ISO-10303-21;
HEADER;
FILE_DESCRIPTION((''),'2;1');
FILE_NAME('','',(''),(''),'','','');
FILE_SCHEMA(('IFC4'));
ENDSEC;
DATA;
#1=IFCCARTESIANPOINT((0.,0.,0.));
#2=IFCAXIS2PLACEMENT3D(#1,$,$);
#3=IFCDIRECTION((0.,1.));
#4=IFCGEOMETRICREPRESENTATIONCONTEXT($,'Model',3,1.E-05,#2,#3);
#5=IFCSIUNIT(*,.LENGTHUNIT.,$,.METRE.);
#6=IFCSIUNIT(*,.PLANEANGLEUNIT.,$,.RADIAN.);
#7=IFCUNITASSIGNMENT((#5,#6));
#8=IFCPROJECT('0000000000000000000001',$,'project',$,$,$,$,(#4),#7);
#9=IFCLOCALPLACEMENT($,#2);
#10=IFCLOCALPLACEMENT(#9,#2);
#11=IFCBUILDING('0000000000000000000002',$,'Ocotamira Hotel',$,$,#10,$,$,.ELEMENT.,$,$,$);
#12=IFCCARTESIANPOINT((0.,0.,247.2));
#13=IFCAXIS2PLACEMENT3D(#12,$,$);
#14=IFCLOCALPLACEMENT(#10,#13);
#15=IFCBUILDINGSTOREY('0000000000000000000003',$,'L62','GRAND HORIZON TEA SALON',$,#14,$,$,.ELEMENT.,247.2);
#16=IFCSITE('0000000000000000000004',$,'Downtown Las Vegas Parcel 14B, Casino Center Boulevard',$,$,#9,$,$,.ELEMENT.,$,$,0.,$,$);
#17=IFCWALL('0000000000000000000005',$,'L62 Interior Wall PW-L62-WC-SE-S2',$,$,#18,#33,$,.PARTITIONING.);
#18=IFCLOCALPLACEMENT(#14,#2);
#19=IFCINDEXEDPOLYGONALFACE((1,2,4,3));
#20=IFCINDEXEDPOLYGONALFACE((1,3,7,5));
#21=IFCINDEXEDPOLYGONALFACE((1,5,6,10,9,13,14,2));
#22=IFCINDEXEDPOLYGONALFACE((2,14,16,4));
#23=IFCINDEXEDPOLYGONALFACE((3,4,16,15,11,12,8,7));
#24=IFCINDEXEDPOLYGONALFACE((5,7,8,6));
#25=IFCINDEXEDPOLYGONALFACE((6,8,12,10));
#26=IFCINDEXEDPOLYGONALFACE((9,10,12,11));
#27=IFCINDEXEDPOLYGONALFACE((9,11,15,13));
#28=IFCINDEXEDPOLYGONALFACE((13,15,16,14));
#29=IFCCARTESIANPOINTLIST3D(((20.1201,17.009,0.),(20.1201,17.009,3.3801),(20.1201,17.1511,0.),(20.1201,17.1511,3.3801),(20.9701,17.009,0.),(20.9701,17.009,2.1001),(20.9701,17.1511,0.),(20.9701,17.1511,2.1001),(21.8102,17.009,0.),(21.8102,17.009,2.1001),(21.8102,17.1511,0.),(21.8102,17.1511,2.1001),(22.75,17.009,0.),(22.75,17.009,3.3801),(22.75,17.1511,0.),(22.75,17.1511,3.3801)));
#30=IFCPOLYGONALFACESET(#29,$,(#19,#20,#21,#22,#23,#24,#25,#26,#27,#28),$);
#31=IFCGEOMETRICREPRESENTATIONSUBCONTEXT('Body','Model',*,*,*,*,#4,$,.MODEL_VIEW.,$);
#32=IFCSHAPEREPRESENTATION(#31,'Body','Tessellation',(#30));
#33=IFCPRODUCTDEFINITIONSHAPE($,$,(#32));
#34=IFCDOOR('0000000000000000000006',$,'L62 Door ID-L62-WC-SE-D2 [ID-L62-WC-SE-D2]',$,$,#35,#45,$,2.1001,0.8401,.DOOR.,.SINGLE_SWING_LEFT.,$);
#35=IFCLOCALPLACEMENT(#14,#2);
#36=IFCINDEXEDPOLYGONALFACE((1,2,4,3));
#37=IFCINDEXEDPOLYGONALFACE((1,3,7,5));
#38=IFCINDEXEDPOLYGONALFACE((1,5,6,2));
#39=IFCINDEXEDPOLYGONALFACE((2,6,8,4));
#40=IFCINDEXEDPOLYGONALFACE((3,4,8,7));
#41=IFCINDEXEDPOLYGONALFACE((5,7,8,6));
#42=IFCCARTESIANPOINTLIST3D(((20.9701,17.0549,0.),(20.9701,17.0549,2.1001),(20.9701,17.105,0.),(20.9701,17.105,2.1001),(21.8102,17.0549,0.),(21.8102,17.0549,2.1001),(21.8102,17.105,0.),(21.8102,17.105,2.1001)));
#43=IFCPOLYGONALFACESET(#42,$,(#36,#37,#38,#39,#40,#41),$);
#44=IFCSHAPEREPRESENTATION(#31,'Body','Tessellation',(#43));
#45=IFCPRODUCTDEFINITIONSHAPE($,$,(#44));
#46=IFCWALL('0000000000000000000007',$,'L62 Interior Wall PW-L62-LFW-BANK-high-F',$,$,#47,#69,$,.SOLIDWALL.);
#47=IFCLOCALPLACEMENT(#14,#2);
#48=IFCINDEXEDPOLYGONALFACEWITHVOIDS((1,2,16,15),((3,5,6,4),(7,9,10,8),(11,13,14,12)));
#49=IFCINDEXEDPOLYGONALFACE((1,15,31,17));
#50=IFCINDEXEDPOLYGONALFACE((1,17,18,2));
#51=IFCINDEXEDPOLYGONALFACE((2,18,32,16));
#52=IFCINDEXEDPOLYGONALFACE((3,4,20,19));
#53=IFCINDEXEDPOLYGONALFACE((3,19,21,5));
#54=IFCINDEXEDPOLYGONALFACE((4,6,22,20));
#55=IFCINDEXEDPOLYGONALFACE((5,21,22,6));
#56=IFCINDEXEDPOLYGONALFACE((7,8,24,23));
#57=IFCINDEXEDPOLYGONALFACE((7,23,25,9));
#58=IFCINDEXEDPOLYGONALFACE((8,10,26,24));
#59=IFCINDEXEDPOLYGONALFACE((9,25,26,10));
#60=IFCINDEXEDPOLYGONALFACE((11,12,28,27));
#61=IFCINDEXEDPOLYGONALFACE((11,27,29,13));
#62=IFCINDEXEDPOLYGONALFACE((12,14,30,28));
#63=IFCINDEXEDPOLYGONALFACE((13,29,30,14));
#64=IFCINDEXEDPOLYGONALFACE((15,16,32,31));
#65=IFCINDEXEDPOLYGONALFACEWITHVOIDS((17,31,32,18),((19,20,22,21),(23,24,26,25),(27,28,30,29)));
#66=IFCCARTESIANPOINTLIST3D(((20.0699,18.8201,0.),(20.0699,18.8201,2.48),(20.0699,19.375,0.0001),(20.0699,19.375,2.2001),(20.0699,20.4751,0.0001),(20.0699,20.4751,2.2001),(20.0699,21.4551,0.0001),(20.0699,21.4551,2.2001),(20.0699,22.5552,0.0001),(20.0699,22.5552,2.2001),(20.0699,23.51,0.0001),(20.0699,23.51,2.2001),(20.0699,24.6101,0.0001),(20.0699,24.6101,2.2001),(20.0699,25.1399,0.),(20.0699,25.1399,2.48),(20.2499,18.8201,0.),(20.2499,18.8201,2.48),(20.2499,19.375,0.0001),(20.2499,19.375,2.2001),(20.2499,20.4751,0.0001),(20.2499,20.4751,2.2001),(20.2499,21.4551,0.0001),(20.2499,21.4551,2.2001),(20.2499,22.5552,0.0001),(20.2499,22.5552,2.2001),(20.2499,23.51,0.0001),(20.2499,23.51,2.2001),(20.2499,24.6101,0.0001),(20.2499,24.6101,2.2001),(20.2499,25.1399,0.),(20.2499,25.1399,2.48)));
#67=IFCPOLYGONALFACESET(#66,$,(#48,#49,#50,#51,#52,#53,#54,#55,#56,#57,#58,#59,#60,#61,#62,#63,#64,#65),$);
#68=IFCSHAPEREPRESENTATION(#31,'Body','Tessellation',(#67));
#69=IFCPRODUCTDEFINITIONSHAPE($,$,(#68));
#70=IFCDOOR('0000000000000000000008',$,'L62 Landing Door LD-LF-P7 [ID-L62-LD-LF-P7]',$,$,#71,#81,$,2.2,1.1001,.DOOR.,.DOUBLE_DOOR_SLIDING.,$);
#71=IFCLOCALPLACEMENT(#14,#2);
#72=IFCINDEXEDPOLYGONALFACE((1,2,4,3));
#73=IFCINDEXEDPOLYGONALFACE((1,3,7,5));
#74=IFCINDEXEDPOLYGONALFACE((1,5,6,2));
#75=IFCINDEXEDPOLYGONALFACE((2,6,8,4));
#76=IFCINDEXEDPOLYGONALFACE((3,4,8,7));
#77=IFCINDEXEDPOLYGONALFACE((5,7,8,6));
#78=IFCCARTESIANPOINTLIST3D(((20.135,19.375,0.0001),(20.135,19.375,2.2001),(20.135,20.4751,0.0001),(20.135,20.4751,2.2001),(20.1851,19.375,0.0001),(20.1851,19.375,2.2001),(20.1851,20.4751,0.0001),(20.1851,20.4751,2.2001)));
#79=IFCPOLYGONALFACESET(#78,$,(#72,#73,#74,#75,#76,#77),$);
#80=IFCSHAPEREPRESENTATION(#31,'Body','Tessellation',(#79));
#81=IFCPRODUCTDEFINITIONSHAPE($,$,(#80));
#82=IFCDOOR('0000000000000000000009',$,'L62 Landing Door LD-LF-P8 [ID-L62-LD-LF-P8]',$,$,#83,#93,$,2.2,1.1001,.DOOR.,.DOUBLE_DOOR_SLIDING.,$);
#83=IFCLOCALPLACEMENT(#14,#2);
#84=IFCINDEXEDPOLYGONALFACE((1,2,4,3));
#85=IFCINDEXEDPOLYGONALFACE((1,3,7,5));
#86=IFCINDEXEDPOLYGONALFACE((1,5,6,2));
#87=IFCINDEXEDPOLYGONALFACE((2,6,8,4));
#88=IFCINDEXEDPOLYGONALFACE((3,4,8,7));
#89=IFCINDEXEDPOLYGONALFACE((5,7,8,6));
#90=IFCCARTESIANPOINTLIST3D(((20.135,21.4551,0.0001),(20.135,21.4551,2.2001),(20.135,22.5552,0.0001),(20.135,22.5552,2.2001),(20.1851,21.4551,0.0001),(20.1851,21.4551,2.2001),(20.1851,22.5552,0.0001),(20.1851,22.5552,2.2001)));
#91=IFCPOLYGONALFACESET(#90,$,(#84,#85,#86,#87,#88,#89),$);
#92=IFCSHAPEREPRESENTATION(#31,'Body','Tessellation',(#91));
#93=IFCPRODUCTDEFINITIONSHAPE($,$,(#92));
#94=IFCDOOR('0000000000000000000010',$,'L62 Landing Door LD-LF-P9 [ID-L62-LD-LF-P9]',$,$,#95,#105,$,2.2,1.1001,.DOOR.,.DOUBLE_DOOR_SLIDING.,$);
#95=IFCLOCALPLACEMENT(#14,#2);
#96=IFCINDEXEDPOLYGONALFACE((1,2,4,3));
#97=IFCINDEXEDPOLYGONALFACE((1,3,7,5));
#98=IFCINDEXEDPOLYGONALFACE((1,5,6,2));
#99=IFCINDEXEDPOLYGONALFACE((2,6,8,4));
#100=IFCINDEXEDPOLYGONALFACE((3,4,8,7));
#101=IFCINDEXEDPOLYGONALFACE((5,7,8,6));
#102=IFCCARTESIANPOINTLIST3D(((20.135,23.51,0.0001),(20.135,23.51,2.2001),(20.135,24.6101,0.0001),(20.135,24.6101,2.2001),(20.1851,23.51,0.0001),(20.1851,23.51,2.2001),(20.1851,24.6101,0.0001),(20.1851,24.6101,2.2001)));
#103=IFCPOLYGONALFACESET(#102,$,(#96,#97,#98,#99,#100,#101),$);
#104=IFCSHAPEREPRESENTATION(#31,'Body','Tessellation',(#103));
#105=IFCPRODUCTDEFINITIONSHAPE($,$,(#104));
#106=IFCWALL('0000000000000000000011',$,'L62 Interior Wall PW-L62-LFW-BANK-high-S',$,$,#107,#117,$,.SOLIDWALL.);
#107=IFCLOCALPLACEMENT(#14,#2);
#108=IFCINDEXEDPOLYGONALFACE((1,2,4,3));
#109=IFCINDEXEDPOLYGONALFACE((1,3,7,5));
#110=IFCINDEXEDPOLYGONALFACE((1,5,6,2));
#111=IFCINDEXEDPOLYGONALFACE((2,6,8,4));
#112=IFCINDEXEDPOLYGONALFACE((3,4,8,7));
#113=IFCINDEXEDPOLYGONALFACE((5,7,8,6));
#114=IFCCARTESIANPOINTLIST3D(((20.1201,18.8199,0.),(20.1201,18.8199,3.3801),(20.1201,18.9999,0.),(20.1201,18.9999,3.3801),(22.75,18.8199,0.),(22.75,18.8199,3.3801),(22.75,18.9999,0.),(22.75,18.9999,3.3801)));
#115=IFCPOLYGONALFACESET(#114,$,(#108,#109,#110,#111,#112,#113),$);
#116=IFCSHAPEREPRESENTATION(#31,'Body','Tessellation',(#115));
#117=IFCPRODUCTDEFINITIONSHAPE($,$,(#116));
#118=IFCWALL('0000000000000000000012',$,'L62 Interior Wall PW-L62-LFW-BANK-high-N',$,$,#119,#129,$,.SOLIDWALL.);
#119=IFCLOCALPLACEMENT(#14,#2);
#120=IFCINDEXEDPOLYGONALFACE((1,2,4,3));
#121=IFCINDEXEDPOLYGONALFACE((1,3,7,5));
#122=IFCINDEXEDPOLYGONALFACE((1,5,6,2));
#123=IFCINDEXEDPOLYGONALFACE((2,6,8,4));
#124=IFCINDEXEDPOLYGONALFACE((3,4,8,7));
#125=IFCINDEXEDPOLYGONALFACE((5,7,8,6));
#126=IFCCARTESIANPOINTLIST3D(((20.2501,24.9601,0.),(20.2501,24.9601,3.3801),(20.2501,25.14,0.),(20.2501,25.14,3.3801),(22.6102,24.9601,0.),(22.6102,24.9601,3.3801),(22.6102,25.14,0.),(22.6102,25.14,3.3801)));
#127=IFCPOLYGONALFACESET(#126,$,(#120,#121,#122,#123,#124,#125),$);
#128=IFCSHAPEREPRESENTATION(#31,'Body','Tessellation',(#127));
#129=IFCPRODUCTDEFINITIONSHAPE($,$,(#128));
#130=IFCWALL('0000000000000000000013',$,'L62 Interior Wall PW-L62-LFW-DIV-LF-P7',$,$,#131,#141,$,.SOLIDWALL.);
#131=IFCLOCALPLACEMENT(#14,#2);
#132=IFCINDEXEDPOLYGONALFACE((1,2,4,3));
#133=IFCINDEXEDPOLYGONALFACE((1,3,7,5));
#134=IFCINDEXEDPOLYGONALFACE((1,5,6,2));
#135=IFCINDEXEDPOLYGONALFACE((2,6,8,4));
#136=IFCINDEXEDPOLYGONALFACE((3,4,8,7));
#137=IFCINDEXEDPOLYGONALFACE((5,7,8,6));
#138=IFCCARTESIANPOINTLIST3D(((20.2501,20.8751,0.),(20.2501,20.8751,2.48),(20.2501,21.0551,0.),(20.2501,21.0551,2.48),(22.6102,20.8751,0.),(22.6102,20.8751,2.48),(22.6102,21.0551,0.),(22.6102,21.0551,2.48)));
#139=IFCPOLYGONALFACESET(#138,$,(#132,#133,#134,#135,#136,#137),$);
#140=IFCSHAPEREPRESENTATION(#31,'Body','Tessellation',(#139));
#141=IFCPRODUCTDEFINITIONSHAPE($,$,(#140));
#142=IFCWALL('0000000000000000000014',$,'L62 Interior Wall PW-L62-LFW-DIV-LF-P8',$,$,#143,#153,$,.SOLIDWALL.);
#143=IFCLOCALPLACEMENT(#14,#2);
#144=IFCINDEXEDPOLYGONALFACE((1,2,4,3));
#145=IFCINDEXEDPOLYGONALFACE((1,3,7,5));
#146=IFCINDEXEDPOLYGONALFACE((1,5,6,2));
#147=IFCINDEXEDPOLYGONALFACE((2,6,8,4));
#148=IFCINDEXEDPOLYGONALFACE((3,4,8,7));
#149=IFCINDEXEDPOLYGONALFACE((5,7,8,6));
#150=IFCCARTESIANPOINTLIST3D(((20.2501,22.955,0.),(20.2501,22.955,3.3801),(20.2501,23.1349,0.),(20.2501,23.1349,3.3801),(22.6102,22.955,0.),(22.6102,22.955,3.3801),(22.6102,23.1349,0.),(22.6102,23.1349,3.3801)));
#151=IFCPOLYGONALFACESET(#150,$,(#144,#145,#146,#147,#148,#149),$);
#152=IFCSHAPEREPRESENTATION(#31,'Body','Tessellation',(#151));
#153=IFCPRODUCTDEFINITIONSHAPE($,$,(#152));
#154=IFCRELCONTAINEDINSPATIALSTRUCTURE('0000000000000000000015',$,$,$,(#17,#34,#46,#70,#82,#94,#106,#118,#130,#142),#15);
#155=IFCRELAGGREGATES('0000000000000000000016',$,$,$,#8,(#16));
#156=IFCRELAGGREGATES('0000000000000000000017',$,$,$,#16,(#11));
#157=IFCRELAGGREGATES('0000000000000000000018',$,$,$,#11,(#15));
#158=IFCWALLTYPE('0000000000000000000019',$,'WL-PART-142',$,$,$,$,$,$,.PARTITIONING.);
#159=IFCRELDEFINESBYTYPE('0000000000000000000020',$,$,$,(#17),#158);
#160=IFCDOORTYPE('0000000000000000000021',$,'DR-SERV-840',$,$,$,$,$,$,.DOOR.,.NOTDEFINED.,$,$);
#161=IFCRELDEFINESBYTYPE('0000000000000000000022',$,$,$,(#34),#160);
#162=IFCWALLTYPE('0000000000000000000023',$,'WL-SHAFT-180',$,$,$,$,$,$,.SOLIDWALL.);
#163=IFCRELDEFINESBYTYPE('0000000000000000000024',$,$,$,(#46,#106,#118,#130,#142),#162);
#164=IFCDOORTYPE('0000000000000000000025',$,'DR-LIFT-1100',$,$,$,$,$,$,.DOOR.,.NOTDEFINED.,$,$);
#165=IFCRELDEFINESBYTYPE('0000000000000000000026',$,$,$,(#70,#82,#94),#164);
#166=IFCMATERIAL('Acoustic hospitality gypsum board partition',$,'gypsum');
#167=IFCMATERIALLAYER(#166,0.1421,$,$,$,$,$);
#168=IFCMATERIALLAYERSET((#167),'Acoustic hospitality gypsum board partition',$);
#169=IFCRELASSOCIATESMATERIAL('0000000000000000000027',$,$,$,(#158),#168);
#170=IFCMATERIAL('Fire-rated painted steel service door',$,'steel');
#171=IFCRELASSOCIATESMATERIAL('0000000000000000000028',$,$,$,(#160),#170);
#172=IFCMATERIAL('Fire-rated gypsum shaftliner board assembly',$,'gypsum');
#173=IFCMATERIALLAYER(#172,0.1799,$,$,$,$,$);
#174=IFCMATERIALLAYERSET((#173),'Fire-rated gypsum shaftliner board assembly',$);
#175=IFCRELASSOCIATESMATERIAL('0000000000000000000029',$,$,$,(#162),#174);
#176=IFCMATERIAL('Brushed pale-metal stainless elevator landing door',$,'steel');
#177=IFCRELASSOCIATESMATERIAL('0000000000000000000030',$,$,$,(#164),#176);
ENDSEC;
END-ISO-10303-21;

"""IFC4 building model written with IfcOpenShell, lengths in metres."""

from ifc_helpers import new_model, si_unit, direction, frame, frame_2d, origin, place, context, subcontext, project, spatial, rectangle, extrude, source, transform, mapped, material, layer, layer_set, type_object, element, fill, save


model = new_model("IFC4")

# Units and contexts
model_context = context("Model", 3, precision=1e-05, world=origin(), true_north=direction((0.0, 1.0)))
body_context = subcontext(model_context, "Body", "Model", "MODEL_VIEW")
ifc_project = project(units=[si_unit("LENGTHUNIT", "METRE"), si_unit("PLANEANGLEUNIT", "RADIAN")], contexts=[model_context])

# Site, building, storey
site_placement = place(None, origin())
site = spatial("IfcSite", under=ifc_project, at=site_placement, Name="Downtown Las Vegas Parcel 14B, Casino Center Boulevard", CompositionType="ELEMENT", RefElevation=0.0)
building_placement = place(site_placement, origin())
building = spatial("IfcBuilding", under=site, at=building_placement, Name="Ocotamira Hotel", CompositionType="ELEMENT")
storey_placement = place(building_placement, frame((0.0, 0.0, 247.2)))
storey = spatial("IfcBuildingStorey", under=building, at=storey_placement, Name="L62", Description="GRAND HORIZON TEA SALON", CompositionType="ELEMENT", Elevation=247.2)

# Shared definitions
ifc_material_1 = material(Name="Acoustic hospitality gypsum board partition", Category="gypsum")
ifc_layer_1 = layer(ifc_material_1, 0.1421)
ifc_layer_set_1 = layer_set([ifc_layer_1], Name="Acoustic hospitality gypsum board partition")
wall_type_1 = type_object("IfcWallType", Name="WL-PART-142", PredefinedType="PARTITIONING", material=ifc_layer_set_1)

# Wall, opening, door
wall_1_placement = place(storey_placement, frame((20.1201, 17.0801, 0.0), z_axis=(0.0, 0.0, 1.0), x_axis=(1.0, 0.0, 0.0)))
wall_1 = element("IfcWall", 1, at=wall_1_placement, inside=storey, type_object=wall_type_1, Name="L62 Interior Wall PW-L62-WC-SE-S2", PredefinedType="PARTITIONING", context=body_context, shape_type="SweptSolid", body=[
    extrude(rectangle(XDim=2.6299, YDim=0.1421, at=frame_2d((1.3149, 0.0))), origin(), (0.0, 0.0, 1.0), 3.3801),
])
opening_1_placement = place(wall_1_placement, frame((0.8501, 0.0, 0.0)))
opening_1 = element("IfcOpeningElement", 2, at=opening_1_placement, cuts=wall_1, PredefinedType="OPENING", context=body_context, shape_type="SweptSolid", body=[
    extrude(rectangle(XDim=0.8401, YDim=2.1001, at=frame_2d((0.4199, 1.05))), frame((0.0, 0.0811, 0.0), z_axis=(0.0, -1.0, 0.0), x_axis=(1.0, 0.0, 0.0)), (0.0, 0.0, 1.0), 0.1621),
])
ifc_material_2 = material(Name="Fire-rated painted steel service door", Category="steel")
door_type_1 = type_object("IfcDoorType", Name="DR-SERV-840", OperationType="NOTDEFINED", PredefinedType="DOOR", material=ifc_material_2)
shared_shape_1 = source(origin(), body_context, "Body", "SweptSolid", [
    extrude(rectangle(XDim=0.8401, YDim=2.1001, at=frame_2d((0.4199, 1.05))), frame((0.0, 0.0249, 0.0), z_axis=(0.0, -1.0, 0.0), x_axis=(1.0, 0.0, 0.0)), (0.0, 0.0, 1.0), 0.05),
])
door_1_placement = place(opening_1_placement, origin())
door_1 = element("IfcDoor", 3, at=door_1_placement, inside=storey, type_object=door_type_1, Name="L62 Door ID-L62-WC-SE-D2 [ID-L62-WC-SE-D2]", OperationType="SINGLE_SWING_LEFT", OverallHeight=2.1001, OverallWidth=0.8401, PredefinedType="DOOR", context=body_context, shape_type="MappedRepresentation", body=[
    mapped(shared_shape_1, transform((0.0, 0.0, 0.0), scale=1.0)),
])
fill(opening_1, door_1)

# Wall, openings, doors
ifc_material_3 = material(Name="Fire-rated gypsum shaftliner board assembly", Category="gypsum")
ifc_layer_2 = layer(ifc_material_3, 0.1799)
ifc_layer_set_2 = layer_set([ifc_layer_2], Name="Fire-rated gypsum shaftliner board assembly")
wall_type_2 = type_object("IfcWallType", Name="WL-SHAFT-180", PredefinedType="SOLIDWALL", material=ifc_layer_set_2)
wall_2_placement = place(storey_placement, frame((20.1599, 18.8201, 0.0), z_axis=(0.0, 0.0, 1.0), x_axis=(0.0, 1.0, 0.0)))
wall_2 = element("IfcWall", 4, at=wall_2_placement, inside=storey, type_object=wall_type_2, Name="L62 Interior Wall PW-L62-LFW-BANK-high-F", PredefinedType="SOLIDWALL", context=body_context, shape_type="SweptSolid", body=[
    extrude(rectangle(XDim=6.3198, YDim=0.1799, at=frame_2d((3.1599, 0.0))), origin(), (0.0, 0.0, 1.0), 2.48),
])
opening_2_placement = place(wall_2_placement, frame((0.5549, 0.0, 0.0)))
opening_2 = element("IfcOpeningElement", 5, at=opening_2_placement, cuts=wall_2, PredefinedType="OPENING", context=body_context, shape_type="SweptSolid", body=[
    extrude(rectangle(XDim=1.1001, YDim=2.2, at=frame_2d((0.55, 1.1001))), frame((0.0, 0.1001, 0.0), z_axis=(0.0, -1.0, 0.0), x_axis=(1.0, 0.0, 0.0)), (0.0, 0.0, 1.0), 0.2),
])
opening_3_placement = place(wall_2_placement, frame((2.635, 0.0, 0.0)))
opening_3 = element("IfcOpeningElement", 6, at=opening_3_placement, cuts=wall_2, PredefinedType="OPENING", context=body_context, shape_type="SweptSolid", body=[
    extrude(rectangle(XDim=1.1001, YDim=2.2, at=frame_2d((0.55, 1.1001))), frame((0.0, 0.1001, 0.0), z_axis=(0.0, -1.0, 0.0), x_axis=(1.0, 0.0, 0.0)), (0.0, 0.0, 1.0), 0.2),
])
opening_4_placement = place(wall_2_placement, frame((4.6899, 0.0, 0.0)))
opening_4 = element("IfcOpeningElement", 7, at=opening_4_placement, cuts=wall_2, PredefinedType="OPENING", context=body_context, shape_type="SweptSolid", body=[
    extrude(rectangle(XDim=1.1001, YDim=2.2, at=frame_2d((0.55, 1.1001))), frame((0.0, 0.1001, 0.0), z_axis=(0.0, -1.0, 0.0), x_axis=(1.0, 0.0, 0.0)), (0.0, 0.0, 1.0), 0.2),
])
ifc_material_4 = material(Name="Brushed pale-metal stainless elevator landing door", Category="steel")
door_type_2 = type_object("IfcDoorType", Name="DR-LIFT-1100", OperationType="NOTDEFINED", PredefinedType="DOOR", material=ifc_material_4)
shared_shape_2 = source(origin(), body_context, "Body", "SweptSolid", [
    extrude(rectangle(XDim=1.1001, YDim=2.2, at=frame_2d((0.55, 1.1001))), frame((0.0, 0.0249, 0.0), z_axis=(0.0, -1.0, 0.0), x_axis=(1.0, 0.0, 0.0)), (0.0, 0.0, 1.0), 0.05),
])
door_2_placement = place(opening_2_placement, origin())
door_2 = element("IfcDoor", 8, at=door_2_placement, inside=storey, type_object=door_type_2, Name="L62 Landing Door LD-LF-P7 [ID-L62-LD-LF-P7]", OperationType="DOUBLE_DOOR_SLIDING", OverallHeight=2.2, OverallWidth=1.1001, PredefinedType="DOOR", context=body_context, shape_type="MappedRepresentation", body=[
    mapped(shared_shape_2, transform((0.0, 0.0, 0.0), scale=1.0)),
])
fill(opening_2, door_2)
door_3_placement = place(opening_3_placement, origin())
door_3 = element("IfcDoor", 9, at=door_3_placement, inside=storey, type_object=door_type_2, Name="L62 Landing Door LD-LF-P8 [ID-L62-LD-LF-P8]", OperationType="DOUBLE_DOOR_SLIDING", OverallHeight=2.2, OverallWidth=1.1001, PredefinedType="DOOR", context=body_context, shape_type="MappedRepresentation", body=[
    mapped(shared_shape_2, transform((0.0, 0.0, 0.0), scale=1.0)),
])
fill(opening_3, door_3)
door_4_placement = place(opening_4_placement, origin())
door_4 = element("IfcDoor", 10, at=door_4_placement, inside=storey, type_object=door_type_2, Name="L62 Landing Door LD-LF-P9 [ID-L62-LD-LF-P9]", OperationType="DOUBLE_DOOR_SLIDING", OverallHeight=2.2, OverallWidth=1.1001, PredefinedType="DOOR", context=body_context, shape_type="MappedRepresentation", body=[
    mapped(shared_shape_2, transform((0.0, 0.0, 0.0), scale=1.0)),
])
fill(opening_4, door_4)

# Walls
wall_3_placement = place(storey_placement, frame((20.1201, 18.9099, 0.0), z_axis=(0.0, 0.0, 1.0), x_axis=(1.0, 0.0, 0.0)))
element("IfcWall", 11, at=wall_3_placement, inside=storey, type_object=wall_type_2, Name="L62 Interior Wall PW-L62-LFW-BANK-high-S", PredefinedType="SOLIDWALL", context=body_context, shape_type="SweptSolid", body=[
    extrude(rectangle(XDim=2.6299, YDim=0.1799, at=frame_2d((1.3149, 0.0))), origin(), (0.0, 0.0, 1.0), 3.3801),
])
wall_4_placement = place(storey_placement, frame((20.25, 25.05, 0.0), z_axis=(0.0, 0.0, 1.0), x_axis=(1.0, 0.0, 0.0)))
element("IfcWall", 12, at=wall_4_placement, inside=storey, type_object=wall_type_2, Name="L62 Interior Wall PW-L62-LFW-BANK-high-N", PredefinedType="SOLIDWALL", context=body_context, shape_type="SweptSolid", body=[
    extrude(rectangle(XDim=2.3601, YDim=0.1799, at=frame_2d((1.1802, 0.0))), origin(), (0.0, 0.0, 1.0), 3.3801),
])
wall_5_placement = place(storey_placement, frame((20.25, 20.9651, 0.0), z_axis=(0.0, 0.0, 1.0), x_axis=(1.0, 0.0, 0.0)))
element("IfcWall", 13, at=wall_5_placement, inside=storey, type_object=wall_type_2, Name="L62 Interior Wall PW-L62-LFW-DIV-LF-P7", PredefinedType="SOLIDWALL", context=body_context, shape_type="SweptSolid", body=[
    extrude(rectangle(XDim=2.3601, YDim=0.1799, at=frame_2d((1.1802, 0.0))), origin(), (0.0, 0.0, 1.0), 2.48),
])
wall_6_placement = place(storey_placement, frame((20.25, 23.0449, 0.0), z_axis=(0.0, 0.0, 1.0), x_axis=(1.0, 0.0, 0.0)))
element("IfcWall", 14, at=wall_6_placement, inside=storey, type_object=wall_type_2, Name="L62 Interior Wall PW-L62-LFW-DIV-LF-P8", PredefinedType="SOLIDWALL", context=body_context, shape_type="SweptSolid", body=[
    extrude(rectangle(XDim=2.3601, YDim=0.1799, at=frame_2d((1.1802, 0.0))), origin(), (0.0, 0.0, 1.0), 3.3801),
])

save(model, "model.ifc")
